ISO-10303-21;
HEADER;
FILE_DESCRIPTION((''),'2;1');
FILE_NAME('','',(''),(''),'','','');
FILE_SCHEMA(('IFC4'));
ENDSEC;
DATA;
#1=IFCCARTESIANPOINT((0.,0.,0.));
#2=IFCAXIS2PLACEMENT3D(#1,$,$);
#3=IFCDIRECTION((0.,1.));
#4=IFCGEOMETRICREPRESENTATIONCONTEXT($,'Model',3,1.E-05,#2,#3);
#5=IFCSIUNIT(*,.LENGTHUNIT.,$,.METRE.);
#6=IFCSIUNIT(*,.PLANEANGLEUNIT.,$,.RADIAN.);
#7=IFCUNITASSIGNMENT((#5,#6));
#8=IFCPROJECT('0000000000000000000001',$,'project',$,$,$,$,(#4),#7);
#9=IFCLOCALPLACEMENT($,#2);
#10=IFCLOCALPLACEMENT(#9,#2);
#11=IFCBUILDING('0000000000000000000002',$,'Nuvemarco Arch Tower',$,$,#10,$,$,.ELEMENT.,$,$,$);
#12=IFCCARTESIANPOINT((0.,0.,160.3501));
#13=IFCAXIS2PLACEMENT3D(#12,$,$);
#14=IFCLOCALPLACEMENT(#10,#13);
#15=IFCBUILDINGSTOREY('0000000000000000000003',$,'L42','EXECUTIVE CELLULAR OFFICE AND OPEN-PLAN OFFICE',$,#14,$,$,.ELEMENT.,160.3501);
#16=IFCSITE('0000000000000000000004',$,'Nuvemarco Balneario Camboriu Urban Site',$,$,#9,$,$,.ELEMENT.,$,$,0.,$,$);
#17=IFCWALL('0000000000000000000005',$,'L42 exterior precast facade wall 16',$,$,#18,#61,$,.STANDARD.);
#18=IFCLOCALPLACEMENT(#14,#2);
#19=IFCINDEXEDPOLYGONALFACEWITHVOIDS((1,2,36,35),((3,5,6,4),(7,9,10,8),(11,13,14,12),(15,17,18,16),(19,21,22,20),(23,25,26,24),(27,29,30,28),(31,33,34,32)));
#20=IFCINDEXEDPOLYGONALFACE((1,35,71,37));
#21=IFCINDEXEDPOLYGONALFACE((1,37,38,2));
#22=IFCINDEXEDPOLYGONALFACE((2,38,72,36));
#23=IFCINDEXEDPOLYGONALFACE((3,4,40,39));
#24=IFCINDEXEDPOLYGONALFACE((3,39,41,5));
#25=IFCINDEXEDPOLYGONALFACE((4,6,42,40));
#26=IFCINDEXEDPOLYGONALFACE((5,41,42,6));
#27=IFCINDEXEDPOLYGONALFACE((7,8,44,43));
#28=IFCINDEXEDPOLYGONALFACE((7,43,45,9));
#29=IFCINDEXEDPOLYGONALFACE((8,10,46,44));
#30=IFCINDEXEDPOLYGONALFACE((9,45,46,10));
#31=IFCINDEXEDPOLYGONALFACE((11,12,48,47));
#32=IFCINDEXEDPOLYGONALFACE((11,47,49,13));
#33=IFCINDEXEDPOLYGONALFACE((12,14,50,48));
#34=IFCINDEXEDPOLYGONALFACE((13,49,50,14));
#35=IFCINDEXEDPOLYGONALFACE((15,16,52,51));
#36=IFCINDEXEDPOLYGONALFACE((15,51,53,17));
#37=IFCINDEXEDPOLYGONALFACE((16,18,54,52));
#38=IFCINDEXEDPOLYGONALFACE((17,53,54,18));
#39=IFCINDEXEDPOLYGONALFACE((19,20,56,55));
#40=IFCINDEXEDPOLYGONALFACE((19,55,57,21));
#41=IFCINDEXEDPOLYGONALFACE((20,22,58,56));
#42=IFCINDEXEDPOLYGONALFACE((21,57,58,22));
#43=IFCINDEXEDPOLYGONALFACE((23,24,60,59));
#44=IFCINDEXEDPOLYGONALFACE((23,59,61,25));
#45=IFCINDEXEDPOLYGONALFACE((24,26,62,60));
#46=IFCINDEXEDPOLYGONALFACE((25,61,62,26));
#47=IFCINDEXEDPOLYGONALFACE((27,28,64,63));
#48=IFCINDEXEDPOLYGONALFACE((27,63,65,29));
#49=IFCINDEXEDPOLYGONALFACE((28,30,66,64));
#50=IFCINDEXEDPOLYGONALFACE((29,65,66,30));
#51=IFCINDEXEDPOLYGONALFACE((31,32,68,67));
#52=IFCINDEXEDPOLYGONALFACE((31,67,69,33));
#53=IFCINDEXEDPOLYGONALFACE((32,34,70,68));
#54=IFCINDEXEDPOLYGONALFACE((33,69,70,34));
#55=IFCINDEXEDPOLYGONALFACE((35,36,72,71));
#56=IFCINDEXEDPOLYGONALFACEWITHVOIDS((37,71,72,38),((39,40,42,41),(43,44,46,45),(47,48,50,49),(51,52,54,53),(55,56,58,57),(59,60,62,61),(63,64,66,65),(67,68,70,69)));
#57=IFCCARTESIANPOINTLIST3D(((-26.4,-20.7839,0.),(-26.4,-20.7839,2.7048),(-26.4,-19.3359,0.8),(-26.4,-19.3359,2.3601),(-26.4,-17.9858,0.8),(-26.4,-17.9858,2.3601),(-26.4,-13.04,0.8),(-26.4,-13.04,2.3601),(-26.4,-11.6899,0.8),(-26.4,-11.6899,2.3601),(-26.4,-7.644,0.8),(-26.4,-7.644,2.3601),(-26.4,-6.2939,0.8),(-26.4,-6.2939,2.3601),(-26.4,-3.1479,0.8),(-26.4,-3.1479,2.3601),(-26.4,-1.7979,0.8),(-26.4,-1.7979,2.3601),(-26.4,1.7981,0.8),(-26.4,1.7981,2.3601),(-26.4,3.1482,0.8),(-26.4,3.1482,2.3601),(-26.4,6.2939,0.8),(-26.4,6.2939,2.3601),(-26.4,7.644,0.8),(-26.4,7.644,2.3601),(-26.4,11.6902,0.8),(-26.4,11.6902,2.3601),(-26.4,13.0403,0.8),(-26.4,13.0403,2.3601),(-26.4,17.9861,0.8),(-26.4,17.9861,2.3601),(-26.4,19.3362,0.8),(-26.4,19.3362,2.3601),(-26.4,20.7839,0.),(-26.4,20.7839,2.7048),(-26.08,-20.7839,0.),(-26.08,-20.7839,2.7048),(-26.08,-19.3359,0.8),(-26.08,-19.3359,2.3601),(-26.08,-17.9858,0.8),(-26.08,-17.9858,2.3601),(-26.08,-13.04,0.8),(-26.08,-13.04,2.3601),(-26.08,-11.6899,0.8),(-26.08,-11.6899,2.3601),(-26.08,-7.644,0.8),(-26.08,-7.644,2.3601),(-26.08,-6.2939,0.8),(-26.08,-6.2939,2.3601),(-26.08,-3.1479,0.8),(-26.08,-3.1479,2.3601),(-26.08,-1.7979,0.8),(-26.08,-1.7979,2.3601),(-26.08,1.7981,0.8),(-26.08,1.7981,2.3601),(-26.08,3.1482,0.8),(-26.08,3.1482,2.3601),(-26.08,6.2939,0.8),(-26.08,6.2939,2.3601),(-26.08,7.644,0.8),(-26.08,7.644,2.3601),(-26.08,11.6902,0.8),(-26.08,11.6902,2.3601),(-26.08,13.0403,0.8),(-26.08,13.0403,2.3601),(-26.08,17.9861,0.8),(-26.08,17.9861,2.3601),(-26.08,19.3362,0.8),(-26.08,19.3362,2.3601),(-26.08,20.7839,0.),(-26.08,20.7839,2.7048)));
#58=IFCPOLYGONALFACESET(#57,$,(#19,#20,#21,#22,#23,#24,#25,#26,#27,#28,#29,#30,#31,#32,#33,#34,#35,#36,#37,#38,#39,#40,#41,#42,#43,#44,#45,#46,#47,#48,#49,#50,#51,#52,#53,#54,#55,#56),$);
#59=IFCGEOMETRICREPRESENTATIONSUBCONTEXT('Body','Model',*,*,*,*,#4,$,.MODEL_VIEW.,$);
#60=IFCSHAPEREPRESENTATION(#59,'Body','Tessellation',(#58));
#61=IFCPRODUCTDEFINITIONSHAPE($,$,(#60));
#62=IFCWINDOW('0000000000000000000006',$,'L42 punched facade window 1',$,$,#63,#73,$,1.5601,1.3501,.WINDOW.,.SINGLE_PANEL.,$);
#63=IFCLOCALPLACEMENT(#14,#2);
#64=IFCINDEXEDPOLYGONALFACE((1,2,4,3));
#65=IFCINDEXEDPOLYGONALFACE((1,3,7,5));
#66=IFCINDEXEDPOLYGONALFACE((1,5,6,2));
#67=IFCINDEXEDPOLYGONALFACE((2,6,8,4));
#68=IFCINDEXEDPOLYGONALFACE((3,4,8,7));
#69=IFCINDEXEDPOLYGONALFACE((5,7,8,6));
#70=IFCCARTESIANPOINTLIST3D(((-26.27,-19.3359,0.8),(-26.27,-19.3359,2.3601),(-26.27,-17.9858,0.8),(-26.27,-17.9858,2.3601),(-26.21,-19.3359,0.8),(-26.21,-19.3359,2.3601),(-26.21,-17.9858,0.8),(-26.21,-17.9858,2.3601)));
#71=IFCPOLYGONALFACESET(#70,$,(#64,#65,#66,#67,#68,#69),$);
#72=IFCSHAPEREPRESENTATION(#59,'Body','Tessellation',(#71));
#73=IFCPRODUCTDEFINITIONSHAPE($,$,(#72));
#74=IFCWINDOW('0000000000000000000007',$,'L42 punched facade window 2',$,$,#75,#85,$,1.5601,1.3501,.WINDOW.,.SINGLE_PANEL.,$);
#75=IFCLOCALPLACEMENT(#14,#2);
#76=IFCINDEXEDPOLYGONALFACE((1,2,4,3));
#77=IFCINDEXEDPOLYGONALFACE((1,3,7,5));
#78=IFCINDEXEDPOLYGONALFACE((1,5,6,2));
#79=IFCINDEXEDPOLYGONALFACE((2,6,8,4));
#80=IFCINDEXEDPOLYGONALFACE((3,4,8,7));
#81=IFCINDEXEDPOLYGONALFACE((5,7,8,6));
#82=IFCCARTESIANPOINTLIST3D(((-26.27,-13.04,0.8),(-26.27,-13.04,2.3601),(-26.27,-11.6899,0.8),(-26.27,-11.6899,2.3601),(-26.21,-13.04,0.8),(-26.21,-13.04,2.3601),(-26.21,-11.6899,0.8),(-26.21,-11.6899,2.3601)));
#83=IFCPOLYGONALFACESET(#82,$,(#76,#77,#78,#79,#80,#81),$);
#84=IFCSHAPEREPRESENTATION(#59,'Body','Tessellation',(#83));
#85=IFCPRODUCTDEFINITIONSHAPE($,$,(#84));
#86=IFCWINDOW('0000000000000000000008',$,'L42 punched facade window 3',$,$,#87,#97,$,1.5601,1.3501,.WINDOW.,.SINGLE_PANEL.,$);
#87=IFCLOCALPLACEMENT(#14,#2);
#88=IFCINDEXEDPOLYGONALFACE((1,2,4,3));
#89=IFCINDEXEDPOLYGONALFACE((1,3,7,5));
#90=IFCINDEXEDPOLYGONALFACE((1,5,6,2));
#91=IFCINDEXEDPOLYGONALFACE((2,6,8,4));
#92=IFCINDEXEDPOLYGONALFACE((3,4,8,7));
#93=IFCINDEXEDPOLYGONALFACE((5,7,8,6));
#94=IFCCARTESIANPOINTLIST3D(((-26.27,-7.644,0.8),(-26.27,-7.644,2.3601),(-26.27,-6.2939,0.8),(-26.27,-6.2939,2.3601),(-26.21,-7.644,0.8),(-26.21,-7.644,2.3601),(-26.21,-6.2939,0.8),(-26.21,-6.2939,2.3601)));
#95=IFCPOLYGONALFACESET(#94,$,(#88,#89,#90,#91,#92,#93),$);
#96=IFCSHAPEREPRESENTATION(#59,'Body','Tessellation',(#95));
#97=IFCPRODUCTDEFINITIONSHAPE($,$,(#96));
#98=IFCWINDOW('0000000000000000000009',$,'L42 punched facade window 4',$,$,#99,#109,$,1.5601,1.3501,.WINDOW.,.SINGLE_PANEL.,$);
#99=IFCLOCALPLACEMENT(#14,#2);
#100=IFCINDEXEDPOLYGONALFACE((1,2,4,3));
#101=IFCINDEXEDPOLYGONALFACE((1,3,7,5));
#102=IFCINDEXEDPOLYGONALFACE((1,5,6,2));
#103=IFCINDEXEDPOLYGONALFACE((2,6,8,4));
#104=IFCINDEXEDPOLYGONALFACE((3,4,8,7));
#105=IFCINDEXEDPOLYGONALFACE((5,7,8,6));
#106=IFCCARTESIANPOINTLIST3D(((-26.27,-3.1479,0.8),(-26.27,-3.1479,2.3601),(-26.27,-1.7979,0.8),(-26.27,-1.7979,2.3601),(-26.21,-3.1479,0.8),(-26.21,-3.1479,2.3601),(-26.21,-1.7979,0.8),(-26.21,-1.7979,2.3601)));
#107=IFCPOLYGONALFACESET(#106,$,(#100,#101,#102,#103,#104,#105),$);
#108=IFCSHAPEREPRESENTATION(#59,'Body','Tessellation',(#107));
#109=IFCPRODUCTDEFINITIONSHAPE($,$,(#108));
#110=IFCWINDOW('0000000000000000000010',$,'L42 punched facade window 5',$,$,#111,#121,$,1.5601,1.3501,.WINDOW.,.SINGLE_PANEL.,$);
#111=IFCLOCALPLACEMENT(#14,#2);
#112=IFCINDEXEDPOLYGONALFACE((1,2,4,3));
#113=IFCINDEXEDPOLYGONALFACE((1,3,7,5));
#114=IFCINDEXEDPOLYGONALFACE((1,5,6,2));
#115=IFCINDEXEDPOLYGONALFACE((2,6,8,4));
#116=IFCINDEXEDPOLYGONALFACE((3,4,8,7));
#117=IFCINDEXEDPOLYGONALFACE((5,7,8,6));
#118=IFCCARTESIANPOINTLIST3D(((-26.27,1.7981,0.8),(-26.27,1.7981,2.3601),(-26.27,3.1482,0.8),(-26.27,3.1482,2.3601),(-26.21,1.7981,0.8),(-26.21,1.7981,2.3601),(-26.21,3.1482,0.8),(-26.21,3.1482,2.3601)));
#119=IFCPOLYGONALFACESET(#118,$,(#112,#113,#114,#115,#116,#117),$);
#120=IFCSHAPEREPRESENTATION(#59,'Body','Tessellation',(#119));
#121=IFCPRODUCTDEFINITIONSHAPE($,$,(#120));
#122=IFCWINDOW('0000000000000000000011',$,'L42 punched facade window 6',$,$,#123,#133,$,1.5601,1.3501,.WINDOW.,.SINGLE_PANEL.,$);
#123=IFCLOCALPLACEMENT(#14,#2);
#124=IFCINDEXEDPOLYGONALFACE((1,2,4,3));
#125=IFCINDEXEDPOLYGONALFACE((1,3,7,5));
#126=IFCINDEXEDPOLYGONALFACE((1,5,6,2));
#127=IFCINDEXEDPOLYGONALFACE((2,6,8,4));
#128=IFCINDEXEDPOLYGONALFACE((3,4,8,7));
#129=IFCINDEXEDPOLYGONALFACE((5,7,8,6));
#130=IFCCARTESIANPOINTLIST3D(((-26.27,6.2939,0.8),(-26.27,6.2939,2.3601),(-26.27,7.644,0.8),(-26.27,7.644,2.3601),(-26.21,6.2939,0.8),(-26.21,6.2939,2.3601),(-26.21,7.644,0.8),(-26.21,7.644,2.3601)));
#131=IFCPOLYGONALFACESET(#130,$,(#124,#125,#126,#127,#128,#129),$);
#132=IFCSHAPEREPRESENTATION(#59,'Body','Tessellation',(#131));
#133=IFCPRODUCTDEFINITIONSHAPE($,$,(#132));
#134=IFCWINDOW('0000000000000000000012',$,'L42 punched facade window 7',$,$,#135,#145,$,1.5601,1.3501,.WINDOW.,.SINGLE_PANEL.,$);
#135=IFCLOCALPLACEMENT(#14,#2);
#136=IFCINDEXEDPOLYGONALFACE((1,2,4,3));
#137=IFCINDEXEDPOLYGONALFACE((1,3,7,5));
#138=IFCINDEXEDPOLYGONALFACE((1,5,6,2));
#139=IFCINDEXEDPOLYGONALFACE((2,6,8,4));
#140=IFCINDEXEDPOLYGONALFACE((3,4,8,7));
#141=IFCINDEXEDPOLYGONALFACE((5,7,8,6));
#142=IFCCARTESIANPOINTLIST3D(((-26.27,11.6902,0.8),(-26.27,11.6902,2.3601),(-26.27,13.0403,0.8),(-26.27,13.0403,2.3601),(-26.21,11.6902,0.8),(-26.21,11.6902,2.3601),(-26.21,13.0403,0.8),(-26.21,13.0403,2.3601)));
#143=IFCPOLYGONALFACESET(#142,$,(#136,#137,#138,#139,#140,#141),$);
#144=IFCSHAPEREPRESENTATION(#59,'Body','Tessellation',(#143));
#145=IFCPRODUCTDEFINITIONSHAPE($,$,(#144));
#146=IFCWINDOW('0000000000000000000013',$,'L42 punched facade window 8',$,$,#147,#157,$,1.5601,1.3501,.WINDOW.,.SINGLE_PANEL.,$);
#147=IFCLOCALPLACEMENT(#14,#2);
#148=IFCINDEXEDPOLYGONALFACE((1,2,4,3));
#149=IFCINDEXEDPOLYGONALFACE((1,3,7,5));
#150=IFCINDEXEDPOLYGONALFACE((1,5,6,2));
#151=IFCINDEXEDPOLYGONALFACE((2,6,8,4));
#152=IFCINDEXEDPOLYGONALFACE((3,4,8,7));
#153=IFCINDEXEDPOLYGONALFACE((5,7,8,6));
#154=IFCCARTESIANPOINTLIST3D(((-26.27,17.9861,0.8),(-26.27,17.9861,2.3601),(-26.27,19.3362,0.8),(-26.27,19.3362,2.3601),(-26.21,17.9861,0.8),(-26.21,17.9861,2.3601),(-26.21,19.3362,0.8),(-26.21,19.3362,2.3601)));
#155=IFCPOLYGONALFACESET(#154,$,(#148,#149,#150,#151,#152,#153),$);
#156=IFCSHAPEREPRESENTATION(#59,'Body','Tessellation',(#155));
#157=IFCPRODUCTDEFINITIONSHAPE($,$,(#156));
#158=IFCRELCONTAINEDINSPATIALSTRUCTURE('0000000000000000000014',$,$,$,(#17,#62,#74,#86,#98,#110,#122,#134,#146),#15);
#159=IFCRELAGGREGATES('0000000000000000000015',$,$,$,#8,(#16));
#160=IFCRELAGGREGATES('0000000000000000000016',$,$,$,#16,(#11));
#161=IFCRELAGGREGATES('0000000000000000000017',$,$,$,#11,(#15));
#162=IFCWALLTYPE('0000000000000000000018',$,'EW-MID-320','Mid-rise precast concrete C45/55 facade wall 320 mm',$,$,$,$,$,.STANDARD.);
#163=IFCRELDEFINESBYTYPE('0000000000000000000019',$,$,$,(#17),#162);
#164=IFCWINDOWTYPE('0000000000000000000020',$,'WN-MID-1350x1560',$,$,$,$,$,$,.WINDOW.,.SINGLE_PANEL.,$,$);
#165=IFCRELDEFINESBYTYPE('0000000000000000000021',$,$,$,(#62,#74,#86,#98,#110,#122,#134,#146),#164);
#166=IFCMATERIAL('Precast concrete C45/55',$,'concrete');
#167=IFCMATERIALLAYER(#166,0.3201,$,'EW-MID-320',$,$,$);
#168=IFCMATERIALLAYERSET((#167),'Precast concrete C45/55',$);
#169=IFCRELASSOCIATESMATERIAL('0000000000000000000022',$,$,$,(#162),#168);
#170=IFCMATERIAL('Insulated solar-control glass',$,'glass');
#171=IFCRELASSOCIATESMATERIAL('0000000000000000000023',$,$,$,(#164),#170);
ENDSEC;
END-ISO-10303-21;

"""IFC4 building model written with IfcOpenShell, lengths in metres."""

from ifc_helpers import new_model, si_unit, direction, frame, frame_2d, origin, place, context, subcontext, project, spatial, rectangle, extrude, source, transform, mapped, material, layer, layer_set, type_object, type_shapes, element, fill, save


model = new_model("IFC4")

# Units and contexts
model_context = context("Model", 3, precision=1e-05, world=origin(), true_north=direction((0.0, 1.0)))
body_context = subcontext(model_context, "Body", "Model", "MODEL_VIEW")
ifc_project = project(units=[si_unit("LENGTHUNIT", "METRE"), si_unit("PLANEANGLEUNIT", "RADIAN")], contexts=[model_context])

# Site, building, storey
site_placement = place(None, origin())
site = spatial("IfcSite", under=ifc_project, at=site_placement, Name="Nuvemarco Balneario Camboriu Urban Site", CompositionType="ELEMENT", RefElevation=0.0)
building_placement = place(site_placement, origin())
building = spatial("IfcBuilding", under=site, at=building_placement, Name="Nuvemarco Arch Tower", CompositionType="ELEMENT")
storey_placement = place(building_placement, frame((0.0, 0.0, 160.3501)))
storey = spatial("IfcBuildingStorey", under=building, at=storey_placement, Name="L42", Description="EXECUTIVE CELLULAR OFFICE AND OPEN-PLAN OFFICE", CompositionType="ELEMENT", Elevation=160.3501)

# Wall, openings, windows
ifc_material_1 = material(Name="Precast concrete C45/55", Category="concrete")
ifc_layer = layer(ifc_material_1, 0.3201, Name="EW-MID-320")
ifc_layer_set = layer_set([ifc_layer], Name="Precast concrete C45/55")
wall_type = type_object("IfcWallType", Name="EW-MID-320", Description="Mid-rise precast concrete C45/55 facade wall 320 mm", PredefinedType="STANDARD", material=ifc_layer_set)
wall_1_placement = place(storey_placement, frame((-26.24, -20.7839, 0.0), z_axis=(0.0, 0.0, 1.0), x_axis=(0.0, 1.0, 0.0)))
wall_1 = element("IfcWall", 1, at=wall_1_placement, inside=storey, type_object=wall_type, Name="L42 exterior precast facade wall 16", PredefinedType="STANDARD", context=body_context, shape_type="SweptSolid", body=[
    extrude(rectangle(XDim=41.5679, YDim=0.3201, at=frame_2d((20.7839, 0.0))), origin(), (0.0, 0.0, 1.0), 2.7048),
])
opening_1_placement = place(wall_1_placement, frame((1.448, 0.0, 0.8)))
opening_1 = element("IfcOpeningElement", 2, at=opening_1_placement, cuts=wall_1, PredefinedType="OPENING", context=body_context, shape_type="SweptSolid", body=[
    extrude(rectangle(XDim=1.3501, YDim=1.5601, at=frame_2d((0.675, 0.78))), frame((0.0, 0.1699, 0.0), z_axis=(0.0, -1.0, 0.0), x_axis=(1.0, 0.0, 0.0)), (0.0, 0.0, 1.0), 0.3401),
])
opening_2_placement = place(wall_1_placement, frame((7.7439, 0.0, 0.8)))
opening_2 = element("IfcOpeningElement", 3, at=opening_2_placement, cuts=wall_1, PredefinedType="OPENING", context=body_context, shape_type="SweptSolid", body=[
    extrude(rectangle(XDim=1.3501, YDim=1.5601, at=frame_2d((0.675, 0.78))), frame((0.0, 0.1699, 0.0), z_axis=(0.0, -1.0, 0.0), x_axis=(1.0, 0.0, 0.0)), (0.0, 0.0, 1.0), 0.3401),
])
opening_3_placement = place(wall_1_placement, frame((13.1399, 0.0, 0.8)))
opening_3 = element("IfcOpeningElement", 4, at=opening_3_placement, cuts=wall_1, PredefinedType="OPENING", context=body_context, shape_type="SweptSolid", body=[
    extrude(rectangle(XDim=1.3501, YDim=1.5601, at=frame_2d((0.675, 0.78))), frame((0.0, 0.1699, 0.0), z_axis=(0.0, -1.0, 0.0), x_axis=(1.0, 0.0, 0.0)), (0.0, 0.0, 1.0), 0.3401),
])
opening_4_placement = place(wall_1_placement, frame((17.636, 0.0, 0.8)))
opening_4 = element("IfcOpeningElement", 5, at=opening_4_placement, cuts=wall_1, PredefinedType="OPENING", context=body_context, shape_type="SweptSolid", body=[
    extrude(rectangle(XDim=1.3501, YDim=1.5601, at=frame_2d((0.675, 0.78))), frame((0.0, 0.1699, 0.0), z_axis=(0.0, -1.0, 0.0), x_axis=(1.0, 0.0, 0.0)), (0.0, 0.0, 1.0), 0.3401),
])
opening_5_placement = place(wall_1_placement, frame((22.582, 0.0, 0.8)))
opening_5 = element("IfcOpeningElement", 6, at=opening_5_placement, cuts=wall_1, PredefinedType="OPENING", context=body_context, shape_type="SweptSolid", body=[
    extrude(rectangle(XDim=1.3501, YDim=1.5601, at=frame_2d((0.675, 0.78))), frame((0.0, 0.1699, 0.0), z_axis=(0.0, -1.0, 0.0), x_axis=(1.0, 0.0, 0.0)), (0.0, 0.0, 1.0), 0.3401),
])
opening_6_placement = place(wall_1_placement, frame((27.0779, 0.0, 0.8)))
opening_6 = element("IfcOpeningElement", 7, at=opening_6_placement, cuts=wall_1, PredefinedType="OPENING", context=body_context, shape_type="SweptSolid", body=[
    extrude(rectangle(XDim=1.3501, YDim=1.5601, at=frame_2d((0.675, 0.78))), frame((0.0, 0.1699, 0.0), z_axis=(0.0, -1.0, 0.0), x_axis=(1.0, 0.0, 0.0)), (0.0, 0.0, 1.0), 0.3401),
])
opening_7_placement = place(wall_1_placement, frame((32.4741, 0.0, 0.8)))
opening_7 = element("IfcOpeningElement", 8, at=opening_7_placement, cuts=wall_1, PredefinedType="OPENING", context=body_context, shape_type="SweptSolid", body=[
    extrude(rectangle(XDim=1.3501, YDim=1.5601, at=frame_2d((0.675, 0.78))), frame((0.0, 0.1699, 0.0), z_axis=(0.0, -1.0, 0.0), x_axis=(1.0, 0.0, 0.0)), (0.0, 0.0, 1.0), 0.3401),
])
opening_8_placement = place(wall_1_placement, frame((38.77, 0.0, 0.8)))
opening_8 = element("IfcOpeningElement", 9, at=opening_8_placement, cuts=wall_1, PredefinedType="OPENING", context=body_context, shape_type="SweptSolid", body=[
    extrude(rectangle(XDim=1.3501, YDim=1.5601, at=frame_2d((0.675, 0.78))), frame((0.0, 0.1699, 0.0), z_axis=(0.0, -1.0, 0.0), x_axis=(1.0, 0.0, 0.0)), (0.0, 0.0, 1.0), 0.3401),
])
ifc_material_2 = material(Name="Insulated solar-control glass", Category="glass")
window_type = type_object("IfcWindowType", Name="WN-MID-1350x1560", PartitioningType="SINGLE_PANEL", PredefinedType="WINDOW", material=ifc_material_2)
shared_shape_1 = source(origin(), body_context, "Body", "SweptSolid", [
    extrude(rectangle(XDim=1.3501, YDim=1.5601, at=frame_2d((0.675, 0.78))), frame((0.0, 0.03, 0.0), z_axis=(0.0, -1.0, 0.0), x_axis=(1.0, 0.0, 0.0)), (0.0, 0.0, 1.0), 0.0601),
])
type_shapes(window_type, [shared_shape_1])
window_1_placement = place(opening_1_placement, origin())
window_1 = element("IfcWindow", 10, at=window_1_placement, inside=storey, type_object=window_type, Name="L42 punched facade window 1", OverallHeight=1.5601, OverallWidth=1.3501, PartitioningType="SINGLE_PANEL", PredefinedType="WINDOW", context=body_context, shape_type="MappedRepresentation", body=[
    mapped(shared_shape_1, transform((0.0, 0.0, 0.0), scale=1.0)),
])
fill(opening_1, window_1)
window_2_placement = place(opening_2_placement, origin())
window_2 = element("IfcWindow", 11, at=window_2_placement, inside=storey, type_object=window_type, Name="L42 punched facade window 2", OverallHeight=1.5601, OverallWidth=1.3501, PartitioningType="SINGLE_PANEL", PredefinedType="WINDOW", context=body_context, shape_type="MappedRepresentation", body=[
    mapped(shared_shape_1, transform((0.0, 0.0, 0.0), scale=1.0)),
])
fill(opening_2, window_2)
window_3_placement = place(opening_3_placement, origin())
window_3 = element("IfcWindow", 12, at=window_3_placement, inside=storey, type_object=window_type, Name="L42 punched facade window 3", OverallHeight=1.5601, OverallWidth=1.3501, PartitioningType="SINGLE_PANEL", PredefinedType="WINDOW", context=body_context, shape_type="MappedRepresentation", body=[
    mapped(shared_shape_1, transform((0.0, 0.0, 0.0), scale=1.0)),
])
fill(opening_3, window_3)
window_4_placement = place(opening_4_placement, origin())
window_4 = element("IfcWindow", 13, at=window_4_placement, inside=storey, type_object=window_type, Name="L42 punched facade window 4", OverallHeight=1.5601, OverallWidth=1.3501, PartitioningType="SINGLE_PANEL", PredefinedType="WINDOW", context=body_context, shape_type="MappedRepresentation", body=[
    mapped(shared_shape_1, transform((0.0, 0.0, 0.0), scale=1.0)),
])
fill(opening_4, window_4)
window_5_placement = place(opening_5_placement, origin())
window_5 = element("IfcWindow", 14, at=window_5_placement, inside=storey, type_object=window_type, Name="L42 punched facade window 5", OverallHeight=1.5601, OverallWidth=1.3501, PartitioningType="SINGLE_PANEL", PredefinedType="WINDOW", context=body_context, shape_type="MappedRepresentation", body=[
    mapped(shared_shape_1, transform((0.0, 0.0, 0.0), scale=1.0)),
])
fill(opening_5, window_5)
window_6_placement = place(opening_6_placement, origin())
window_6 = element("IfcWindow", 15, at=window_6_placement, inside=storey, type_object=window_type, Name="L42 punched facade window 6", OverallHeight=1.5601, OverallWidth=1.3501, PartitioningType="SINGLE_PANEL", PredefinedType="WINDOW", context=body_context, shape_type="MappedRepresentation", body=[
    mapped(shared_shape_1, transform((0.0, 0.0, 0.0), scale=1.0)),
])
fill(opening_6, window_6)
window_7_placement = place(opening_7_placement, origin())
window_7 = element("IfcWindow", 16, at=window_7_placement, inside=storey, type_object=window_type, Name="L42 punched facade window 7", OverallHeight=1.5601, OverallWidth=1.3501, PartitioningType="SINGLE_PANEL", PredefinedType="WINDOW", context=body_context, shape_type="MappedRepresentation", body=[
    mapped(shared_shape_1, transform((0.0, 0.0, 0.0), scale=1.0)),
])
fill(opening_7, window_7)
window_8_placement = place(opening_8_placement, origin())
window_8 = element("IfcWindow", 17, at=window_8_placement, inside=storey, type_object=window_type, Name="L42 punched facade window 8", OverallHeight=1.5601, OverallWidth=1.3501, PartitioningType="SINGLE_PANEL", PredefinedType="WINDOW", context=body_context, shape_type="MappedRepresentation", body=[
    mapped(shared_shape_1, transform((0.0, 0.0, 0.0), scale=1.0)),
])
fill(opening_8, window_8)

save(model, "model.ifc")
